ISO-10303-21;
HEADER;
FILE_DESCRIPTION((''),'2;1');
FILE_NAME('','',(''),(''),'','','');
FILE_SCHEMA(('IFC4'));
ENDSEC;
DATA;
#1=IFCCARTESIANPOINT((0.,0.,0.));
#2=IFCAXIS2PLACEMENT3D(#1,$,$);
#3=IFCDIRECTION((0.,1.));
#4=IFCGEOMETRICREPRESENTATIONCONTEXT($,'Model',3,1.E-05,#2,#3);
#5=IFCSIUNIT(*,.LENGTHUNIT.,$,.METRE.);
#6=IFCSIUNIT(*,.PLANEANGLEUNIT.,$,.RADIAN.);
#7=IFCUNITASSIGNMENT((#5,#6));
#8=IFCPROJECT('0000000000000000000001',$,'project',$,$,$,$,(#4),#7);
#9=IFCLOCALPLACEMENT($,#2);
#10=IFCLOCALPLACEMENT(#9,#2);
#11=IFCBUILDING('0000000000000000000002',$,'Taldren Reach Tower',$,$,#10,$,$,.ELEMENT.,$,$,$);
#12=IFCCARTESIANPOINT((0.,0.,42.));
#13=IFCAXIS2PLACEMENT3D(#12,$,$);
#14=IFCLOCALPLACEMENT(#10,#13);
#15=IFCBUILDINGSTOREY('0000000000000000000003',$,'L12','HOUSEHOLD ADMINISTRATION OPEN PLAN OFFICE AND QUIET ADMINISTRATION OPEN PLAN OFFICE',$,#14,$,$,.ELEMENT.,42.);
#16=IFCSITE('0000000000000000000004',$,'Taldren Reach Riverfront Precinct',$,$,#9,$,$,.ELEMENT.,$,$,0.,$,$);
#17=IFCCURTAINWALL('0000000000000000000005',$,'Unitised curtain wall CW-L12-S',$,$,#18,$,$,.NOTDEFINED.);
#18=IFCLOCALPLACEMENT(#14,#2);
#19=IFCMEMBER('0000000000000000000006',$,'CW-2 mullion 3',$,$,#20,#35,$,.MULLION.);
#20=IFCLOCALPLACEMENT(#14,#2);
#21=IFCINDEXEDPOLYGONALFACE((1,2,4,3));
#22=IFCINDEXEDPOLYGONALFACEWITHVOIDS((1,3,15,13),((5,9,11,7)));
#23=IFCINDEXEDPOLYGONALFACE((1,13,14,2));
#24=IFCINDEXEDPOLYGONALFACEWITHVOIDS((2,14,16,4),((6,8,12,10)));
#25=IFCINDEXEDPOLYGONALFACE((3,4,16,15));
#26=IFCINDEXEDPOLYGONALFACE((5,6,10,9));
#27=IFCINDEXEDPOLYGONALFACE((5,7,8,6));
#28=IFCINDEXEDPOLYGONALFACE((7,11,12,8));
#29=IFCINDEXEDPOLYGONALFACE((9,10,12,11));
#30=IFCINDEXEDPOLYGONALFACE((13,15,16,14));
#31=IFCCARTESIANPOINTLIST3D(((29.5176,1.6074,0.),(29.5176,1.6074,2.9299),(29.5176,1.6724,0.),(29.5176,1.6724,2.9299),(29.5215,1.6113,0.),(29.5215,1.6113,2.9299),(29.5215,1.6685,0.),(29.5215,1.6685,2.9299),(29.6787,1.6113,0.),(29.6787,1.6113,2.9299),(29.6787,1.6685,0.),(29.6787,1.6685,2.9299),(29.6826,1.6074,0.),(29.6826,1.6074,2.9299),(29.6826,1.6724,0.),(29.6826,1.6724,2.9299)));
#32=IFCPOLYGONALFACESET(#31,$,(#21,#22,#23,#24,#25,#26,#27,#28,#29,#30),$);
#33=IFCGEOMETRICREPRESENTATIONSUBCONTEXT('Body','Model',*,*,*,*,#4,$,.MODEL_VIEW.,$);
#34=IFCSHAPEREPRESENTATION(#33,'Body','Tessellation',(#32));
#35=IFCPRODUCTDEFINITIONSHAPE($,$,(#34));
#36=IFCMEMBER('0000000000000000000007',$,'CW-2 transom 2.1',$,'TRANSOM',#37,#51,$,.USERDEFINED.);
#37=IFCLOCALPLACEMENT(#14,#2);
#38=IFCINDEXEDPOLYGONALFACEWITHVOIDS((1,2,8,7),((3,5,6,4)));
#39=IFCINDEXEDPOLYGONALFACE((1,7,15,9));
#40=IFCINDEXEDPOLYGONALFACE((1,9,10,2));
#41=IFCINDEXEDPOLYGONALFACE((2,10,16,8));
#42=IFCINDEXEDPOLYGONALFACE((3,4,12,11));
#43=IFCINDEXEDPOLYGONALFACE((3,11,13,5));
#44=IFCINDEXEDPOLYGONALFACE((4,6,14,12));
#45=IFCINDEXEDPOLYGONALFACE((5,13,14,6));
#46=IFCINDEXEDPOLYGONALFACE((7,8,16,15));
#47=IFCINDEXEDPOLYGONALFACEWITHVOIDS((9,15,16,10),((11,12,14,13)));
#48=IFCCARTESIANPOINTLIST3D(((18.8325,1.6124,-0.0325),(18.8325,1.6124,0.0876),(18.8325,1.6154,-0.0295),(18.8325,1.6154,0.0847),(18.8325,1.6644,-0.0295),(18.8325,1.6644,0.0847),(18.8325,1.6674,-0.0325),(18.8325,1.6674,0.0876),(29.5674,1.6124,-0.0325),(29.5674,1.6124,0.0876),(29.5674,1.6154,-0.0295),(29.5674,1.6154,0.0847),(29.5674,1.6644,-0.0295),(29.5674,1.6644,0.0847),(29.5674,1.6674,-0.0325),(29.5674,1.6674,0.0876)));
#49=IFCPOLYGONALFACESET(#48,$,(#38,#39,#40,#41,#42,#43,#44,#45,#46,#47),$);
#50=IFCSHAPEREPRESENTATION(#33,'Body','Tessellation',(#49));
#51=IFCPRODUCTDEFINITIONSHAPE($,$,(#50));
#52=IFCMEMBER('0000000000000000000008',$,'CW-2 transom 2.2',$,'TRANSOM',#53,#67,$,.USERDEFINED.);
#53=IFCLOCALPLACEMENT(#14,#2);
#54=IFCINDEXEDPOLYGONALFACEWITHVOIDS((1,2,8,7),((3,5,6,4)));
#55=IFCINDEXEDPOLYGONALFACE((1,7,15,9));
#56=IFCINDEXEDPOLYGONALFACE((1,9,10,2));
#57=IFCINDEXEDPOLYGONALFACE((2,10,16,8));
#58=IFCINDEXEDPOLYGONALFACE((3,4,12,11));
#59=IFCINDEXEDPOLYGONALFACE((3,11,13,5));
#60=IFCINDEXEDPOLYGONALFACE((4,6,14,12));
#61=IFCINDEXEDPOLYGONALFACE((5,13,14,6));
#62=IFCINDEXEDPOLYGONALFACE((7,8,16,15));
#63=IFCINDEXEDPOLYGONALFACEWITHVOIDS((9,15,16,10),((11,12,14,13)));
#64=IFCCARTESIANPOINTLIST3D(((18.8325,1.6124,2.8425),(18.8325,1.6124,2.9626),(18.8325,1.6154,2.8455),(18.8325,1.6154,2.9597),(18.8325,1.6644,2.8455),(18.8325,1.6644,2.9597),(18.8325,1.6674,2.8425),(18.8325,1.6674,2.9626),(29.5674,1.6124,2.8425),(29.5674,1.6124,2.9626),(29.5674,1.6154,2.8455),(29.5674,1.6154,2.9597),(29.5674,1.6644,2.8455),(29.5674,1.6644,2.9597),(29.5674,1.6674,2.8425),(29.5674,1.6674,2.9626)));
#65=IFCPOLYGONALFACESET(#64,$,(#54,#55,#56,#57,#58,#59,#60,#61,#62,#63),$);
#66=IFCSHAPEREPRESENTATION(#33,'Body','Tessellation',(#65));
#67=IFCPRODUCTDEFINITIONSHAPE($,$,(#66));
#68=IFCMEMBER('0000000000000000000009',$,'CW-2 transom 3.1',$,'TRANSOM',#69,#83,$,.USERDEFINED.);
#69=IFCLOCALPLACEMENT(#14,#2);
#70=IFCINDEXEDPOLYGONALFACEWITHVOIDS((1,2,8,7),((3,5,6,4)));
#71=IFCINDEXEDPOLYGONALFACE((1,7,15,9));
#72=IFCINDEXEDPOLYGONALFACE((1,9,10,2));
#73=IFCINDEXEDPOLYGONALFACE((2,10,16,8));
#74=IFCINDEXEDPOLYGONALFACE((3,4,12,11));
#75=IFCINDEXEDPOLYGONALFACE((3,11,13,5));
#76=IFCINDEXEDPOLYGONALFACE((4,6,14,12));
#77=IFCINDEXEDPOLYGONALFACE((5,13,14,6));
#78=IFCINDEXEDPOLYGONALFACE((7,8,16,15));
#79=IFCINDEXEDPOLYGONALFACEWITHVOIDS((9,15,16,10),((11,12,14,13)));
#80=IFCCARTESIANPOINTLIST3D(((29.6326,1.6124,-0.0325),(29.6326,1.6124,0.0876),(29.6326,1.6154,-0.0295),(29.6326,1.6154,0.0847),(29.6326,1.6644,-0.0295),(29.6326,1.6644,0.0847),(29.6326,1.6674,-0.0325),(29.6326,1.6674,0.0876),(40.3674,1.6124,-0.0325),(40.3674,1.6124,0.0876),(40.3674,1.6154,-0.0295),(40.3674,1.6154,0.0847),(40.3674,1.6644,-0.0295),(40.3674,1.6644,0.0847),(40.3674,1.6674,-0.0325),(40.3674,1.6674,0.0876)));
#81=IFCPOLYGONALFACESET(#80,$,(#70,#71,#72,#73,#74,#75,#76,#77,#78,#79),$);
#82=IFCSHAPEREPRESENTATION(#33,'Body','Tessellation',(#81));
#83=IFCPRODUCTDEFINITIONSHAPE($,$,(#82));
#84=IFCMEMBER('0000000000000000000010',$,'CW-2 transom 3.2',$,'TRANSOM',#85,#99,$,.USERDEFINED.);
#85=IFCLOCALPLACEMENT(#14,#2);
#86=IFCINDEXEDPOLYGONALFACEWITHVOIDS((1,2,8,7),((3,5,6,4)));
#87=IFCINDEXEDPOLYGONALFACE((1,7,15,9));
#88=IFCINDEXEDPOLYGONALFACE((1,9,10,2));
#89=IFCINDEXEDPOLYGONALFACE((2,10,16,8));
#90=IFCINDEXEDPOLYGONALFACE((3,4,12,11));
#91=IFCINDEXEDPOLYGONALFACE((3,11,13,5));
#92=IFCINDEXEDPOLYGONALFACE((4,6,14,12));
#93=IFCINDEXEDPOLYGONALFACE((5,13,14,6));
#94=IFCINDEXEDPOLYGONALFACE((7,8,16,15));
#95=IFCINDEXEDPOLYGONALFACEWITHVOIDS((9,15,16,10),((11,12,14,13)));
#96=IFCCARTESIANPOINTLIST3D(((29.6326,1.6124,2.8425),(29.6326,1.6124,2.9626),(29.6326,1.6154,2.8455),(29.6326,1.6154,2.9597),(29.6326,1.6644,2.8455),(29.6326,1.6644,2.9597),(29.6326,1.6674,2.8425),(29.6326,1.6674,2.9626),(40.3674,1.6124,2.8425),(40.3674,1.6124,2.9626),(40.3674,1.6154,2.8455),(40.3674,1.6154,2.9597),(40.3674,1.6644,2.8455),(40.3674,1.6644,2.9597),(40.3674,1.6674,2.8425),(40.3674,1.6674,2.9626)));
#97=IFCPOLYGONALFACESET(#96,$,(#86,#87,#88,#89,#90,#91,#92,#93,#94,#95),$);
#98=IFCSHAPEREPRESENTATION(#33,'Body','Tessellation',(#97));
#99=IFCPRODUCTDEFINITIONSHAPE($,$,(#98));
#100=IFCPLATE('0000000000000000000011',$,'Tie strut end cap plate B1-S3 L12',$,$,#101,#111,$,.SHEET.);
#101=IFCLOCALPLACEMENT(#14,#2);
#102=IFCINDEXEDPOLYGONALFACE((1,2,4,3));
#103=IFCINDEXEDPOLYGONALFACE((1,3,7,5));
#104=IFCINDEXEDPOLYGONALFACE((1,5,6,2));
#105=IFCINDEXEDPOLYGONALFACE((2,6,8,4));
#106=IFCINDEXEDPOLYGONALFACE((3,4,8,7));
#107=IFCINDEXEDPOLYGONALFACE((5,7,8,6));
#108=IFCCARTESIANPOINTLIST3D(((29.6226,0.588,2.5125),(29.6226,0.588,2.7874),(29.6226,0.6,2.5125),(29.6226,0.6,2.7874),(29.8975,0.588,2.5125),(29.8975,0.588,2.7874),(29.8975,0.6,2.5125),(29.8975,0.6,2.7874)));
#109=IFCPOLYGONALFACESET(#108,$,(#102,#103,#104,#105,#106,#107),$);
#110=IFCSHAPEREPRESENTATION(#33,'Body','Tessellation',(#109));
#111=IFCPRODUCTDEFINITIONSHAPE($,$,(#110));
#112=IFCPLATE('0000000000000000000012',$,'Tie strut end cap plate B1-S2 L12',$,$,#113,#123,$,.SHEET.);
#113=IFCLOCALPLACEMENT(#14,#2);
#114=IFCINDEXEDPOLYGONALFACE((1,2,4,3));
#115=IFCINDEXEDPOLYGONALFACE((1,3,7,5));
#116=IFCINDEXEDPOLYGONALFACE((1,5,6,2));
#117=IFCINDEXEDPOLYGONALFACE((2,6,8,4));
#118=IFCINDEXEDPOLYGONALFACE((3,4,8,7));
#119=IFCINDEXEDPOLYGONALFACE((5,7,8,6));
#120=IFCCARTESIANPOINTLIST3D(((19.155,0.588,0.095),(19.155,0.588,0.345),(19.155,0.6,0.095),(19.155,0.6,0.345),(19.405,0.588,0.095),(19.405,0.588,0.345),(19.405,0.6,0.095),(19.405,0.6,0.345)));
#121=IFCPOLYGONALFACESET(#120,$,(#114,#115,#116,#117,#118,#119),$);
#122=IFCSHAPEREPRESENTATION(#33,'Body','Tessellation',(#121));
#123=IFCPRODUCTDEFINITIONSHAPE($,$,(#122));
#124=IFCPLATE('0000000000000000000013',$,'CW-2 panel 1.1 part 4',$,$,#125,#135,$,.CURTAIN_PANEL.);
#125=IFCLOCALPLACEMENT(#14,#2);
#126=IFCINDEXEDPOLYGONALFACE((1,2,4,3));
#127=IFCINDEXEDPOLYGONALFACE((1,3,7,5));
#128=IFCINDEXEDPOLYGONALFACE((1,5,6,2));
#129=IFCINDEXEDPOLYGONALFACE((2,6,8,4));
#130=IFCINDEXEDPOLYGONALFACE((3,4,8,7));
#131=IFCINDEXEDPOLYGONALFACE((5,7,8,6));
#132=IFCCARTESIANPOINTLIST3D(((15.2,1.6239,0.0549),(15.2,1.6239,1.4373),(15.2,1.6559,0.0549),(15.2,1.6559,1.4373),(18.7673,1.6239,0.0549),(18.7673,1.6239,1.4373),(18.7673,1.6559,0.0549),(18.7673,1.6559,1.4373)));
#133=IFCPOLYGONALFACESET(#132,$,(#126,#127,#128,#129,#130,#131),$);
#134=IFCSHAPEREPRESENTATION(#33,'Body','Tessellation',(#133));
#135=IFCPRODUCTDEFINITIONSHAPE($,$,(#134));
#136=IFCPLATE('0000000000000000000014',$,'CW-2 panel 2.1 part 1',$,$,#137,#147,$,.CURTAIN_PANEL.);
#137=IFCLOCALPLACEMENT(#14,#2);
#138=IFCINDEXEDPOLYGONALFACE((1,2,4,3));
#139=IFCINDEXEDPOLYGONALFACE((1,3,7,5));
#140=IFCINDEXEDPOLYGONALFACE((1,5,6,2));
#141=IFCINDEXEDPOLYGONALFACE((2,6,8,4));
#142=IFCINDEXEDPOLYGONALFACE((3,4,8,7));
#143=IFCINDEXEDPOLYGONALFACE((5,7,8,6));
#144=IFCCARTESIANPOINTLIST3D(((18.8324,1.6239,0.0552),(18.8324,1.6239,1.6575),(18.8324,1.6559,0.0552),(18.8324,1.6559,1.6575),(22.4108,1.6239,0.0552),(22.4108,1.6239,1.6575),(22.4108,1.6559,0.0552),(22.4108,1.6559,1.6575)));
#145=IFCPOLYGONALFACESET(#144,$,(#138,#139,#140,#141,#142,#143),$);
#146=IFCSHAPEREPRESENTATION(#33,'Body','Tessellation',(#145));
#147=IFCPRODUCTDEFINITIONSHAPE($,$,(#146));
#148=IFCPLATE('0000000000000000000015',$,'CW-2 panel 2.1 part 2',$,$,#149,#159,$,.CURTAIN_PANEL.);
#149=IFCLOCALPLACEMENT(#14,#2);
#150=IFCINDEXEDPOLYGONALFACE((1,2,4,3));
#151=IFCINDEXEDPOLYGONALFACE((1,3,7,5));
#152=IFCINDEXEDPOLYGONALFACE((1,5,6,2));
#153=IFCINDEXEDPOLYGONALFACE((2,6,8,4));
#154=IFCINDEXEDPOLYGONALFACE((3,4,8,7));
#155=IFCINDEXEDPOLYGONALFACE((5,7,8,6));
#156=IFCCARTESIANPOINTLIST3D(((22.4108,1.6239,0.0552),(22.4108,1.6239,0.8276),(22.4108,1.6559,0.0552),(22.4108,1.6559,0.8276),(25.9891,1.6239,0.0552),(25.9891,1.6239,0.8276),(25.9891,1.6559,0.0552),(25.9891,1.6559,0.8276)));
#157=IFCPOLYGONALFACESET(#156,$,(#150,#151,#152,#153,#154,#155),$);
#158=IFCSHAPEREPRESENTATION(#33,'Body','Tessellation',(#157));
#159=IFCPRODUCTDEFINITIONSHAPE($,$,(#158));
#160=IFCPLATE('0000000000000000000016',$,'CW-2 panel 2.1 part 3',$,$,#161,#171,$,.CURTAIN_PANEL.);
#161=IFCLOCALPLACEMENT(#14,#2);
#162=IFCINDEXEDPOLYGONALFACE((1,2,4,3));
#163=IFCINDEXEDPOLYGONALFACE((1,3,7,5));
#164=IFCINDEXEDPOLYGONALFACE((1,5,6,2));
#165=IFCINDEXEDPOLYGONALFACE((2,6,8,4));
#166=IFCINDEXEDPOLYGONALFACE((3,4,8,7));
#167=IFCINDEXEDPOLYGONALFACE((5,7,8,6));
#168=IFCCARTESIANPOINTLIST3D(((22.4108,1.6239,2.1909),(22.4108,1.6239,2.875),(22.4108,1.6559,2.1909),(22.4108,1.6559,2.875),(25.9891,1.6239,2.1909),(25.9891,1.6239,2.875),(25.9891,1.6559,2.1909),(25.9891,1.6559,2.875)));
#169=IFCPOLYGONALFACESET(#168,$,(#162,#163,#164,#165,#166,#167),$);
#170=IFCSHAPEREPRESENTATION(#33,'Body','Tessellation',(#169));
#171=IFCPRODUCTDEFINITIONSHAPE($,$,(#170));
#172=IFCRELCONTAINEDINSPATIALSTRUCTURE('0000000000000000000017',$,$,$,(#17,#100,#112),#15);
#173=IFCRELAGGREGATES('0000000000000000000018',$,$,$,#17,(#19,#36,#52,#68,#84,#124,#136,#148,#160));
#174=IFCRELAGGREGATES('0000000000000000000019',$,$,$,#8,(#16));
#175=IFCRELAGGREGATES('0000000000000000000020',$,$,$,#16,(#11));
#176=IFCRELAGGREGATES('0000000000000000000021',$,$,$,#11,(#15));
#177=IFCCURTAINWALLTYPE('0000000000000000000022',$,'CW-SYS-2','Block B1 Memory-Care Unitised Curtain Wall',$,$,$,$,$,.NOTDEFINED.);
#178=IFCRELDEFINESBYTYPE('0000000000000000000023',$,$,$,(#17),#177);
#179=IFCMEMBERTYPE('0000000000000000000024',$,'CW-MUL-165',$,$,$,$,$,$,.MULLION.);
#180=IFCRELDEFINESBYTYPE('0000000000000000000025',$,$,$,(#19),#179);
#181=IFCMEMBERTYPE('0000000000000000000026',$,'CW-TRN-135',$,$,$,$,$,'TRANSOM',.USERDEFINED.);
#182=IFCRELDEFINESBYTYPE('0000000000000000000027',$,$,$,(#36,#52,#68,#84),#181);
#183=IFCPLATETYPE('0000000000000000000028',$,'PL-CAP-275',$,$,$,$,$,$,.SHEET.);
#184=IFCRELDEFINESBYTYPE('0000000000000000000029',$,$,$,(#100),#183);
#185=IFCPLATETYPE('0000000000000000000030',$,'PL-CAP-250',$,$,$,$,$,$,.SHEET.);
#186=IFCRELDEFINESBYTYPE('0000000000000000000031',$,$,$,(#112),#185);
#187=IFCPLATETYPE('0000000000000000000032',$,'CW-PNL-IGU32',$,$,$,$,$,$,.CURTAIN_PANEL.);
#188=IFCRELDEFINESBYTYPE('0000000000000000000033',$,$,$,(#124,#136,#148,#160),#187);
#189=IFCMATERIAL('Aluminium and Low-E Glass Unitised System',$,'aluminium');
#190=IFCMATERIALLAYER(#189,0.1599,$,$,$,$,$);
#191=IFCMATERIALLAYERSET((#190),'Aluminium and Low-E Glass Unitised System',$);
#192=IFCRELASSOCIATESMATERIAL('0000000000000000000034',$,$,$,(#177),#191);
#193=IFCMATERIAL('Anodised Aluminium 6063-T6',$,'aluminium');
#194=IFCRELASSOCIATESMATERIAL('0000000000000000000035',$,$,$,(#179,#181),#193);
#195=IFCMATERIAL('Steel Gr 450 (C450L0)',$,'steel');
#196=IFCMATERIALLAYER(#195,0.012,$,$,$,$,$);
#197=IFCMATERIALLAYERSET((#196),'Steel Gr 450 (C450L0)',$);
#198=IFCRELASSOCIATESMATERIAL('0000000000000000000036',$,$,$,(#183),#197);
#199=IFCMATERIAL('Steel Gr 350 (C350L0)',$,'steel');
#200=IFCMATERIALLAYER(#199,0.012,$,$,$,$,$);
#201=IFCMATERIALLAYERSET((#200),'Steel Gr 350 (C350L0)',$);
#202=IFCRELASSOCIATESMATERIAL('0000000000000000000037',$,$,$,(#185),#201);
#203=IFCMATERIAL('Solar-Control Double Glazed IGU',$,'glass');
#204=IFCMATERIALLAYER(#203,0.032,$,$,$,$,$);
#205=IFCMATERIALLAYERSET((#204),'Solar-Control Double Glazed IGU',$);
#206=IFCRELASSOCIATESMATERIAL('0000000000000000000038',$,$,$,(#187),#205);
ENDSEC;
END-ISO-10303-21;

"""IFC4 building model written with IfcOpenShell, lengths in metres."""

from ifc_helpers import new_model, si_unit, direction, frame, origin, origin_2d, place, context, subcontext, project, spatial, rectangle, hollow_rectangle, extrude, source, transform, mapped, material, layer, layer_set, material_profile, profile_set, type_object, element, aggregate, save


model = new_model("IFC4")

# Units and contexts
model_context = context("Model", 3, precision=1e-05, world=origin(), true_north=direction((0.0, 1.0)))
body_context = subcontext(model_context, "Body", "Model", "MODEL_VIEW")
ifc_project = project(units=[si_unit("LENGTHUNIT", "METRE"), si_unit("PLANEANGLEUNIT", "RADIAN")], contexts=[model_context])

# Site, building, storey
site_placement = place(None, origin())
site = spatial("IfcSite", under=ifc_project, at=site_placement, Name="Taldren Reach Riverfront Precinct", CompositionType="ELEMENT", RefElevation=0.0)
building_placement = place(site_placement, origin())
building = spatial("IfcBuilding", under=site, at=building_placement, Name="Taldren Reach Tower", CompositionType="ELEMENT")
storey_placement = place(building_placement, frame((0.0, 0.0, 42.0)))
storey = spatial("IfcBuildingStorey", under=building, at=storey_placement, Name="L12", Description="HOUSEHOLD ADMINISTRATION OPEN PLAN OFFICE AND QUIET ADMINISTRATION OPEN PLAN OFFICE", CompositionType="ELEMENT", Elevation=42.0)

# Shared definitions
ifc_material_1 = material(Name="Steel Gr 450 (C450L0)", Category="steel")
ifc_material_2 = material(Name="Steel Gr 350 (C350L0)", Category="steel")

# Curtain wall, members
ifc_material_3 = material(Name="Aluminium and Low-E Glass Unitised System", Category="aluminium")
ifc_layer_1 = layer(ifc_material_3, 0.1599)
ifc_layer_set_1 = layer_set([ifc_layer_1], Name="Aluminium and Low-E Glass Unitised System")
curtain_wall_type = type_object("IfcCurtainWallType", Name="CW-SYS-2", Description="Block B1 Memory-Care Unitised Curtain Wall", PredefinedType="NOTDEFINED", material=ifc_layer_set_1)
curtain_wall_placement = place(storey_placement, origin())
curtain_wall = element("IfcCurtainWall", 1, at=curtain_wall_placement, inside=storey, type_object=curtain_wall_type, Name="Unitised curtain wall CW-L12-S", PredefinedType="NOTDEFINED")
ifc_material_4 = material(Name="Anodised Aluminium 6063-T6", Category="aluminium")
ifc_material_profile_1 = material_profile(ifc_material_4, hollow_rectangle(XDim=0.0649, YDim=0.165, WallThickness=0.0039, at=origin_2d()), Name="ALU-165x65x4RHS")
ifc_profile_set_1 = profile_set([ifc_material_profile_1], Name="Anodised Aluminium 6063-T6")
member_type_1 = type_object("IfcMemberType", Name="CW-MUL-165", PredefinedType="MULLION", material=ifc_profile_set_1)
shared_shape_1 = source(origin(), body_context, "Body", "SweptSolid", [
    extrude(hollow_rectangle(XDim=0.0649, YDim=0.165, WallThickness=0.0039, at=origin_2d()), origin(), (0.0, 0.0, 1.0), 2.9299),
])
member_1_placement = place(storey_placement, frame((29.6001, 1.6399, 0.0), z_axis=(0.0, 0.0, 1.0), x_axis=(0.0, 1.0, 0.0)))
member_1 = element("IfcMember", 2, at=member_1_placement, type_object=member_type_1, Name="CW-2 mullion 3", PredefinedType="MULLION", context=body_context, shape_type="MappedRepresentation", body=[
    mapped(shared_shape_1, transform((0.0, 0.0, 0.0), scale=1.0)),
])
ifc_material_profile_2 = material_profile(ifc_material_4, hollow_rectangle(XDim=0.0549, YDim=0.1201, WallThickness=0.0029, at=origin_2d()), Name="ALU-120x55x3RHS")
ifc_profile_set_2 = profile_set([ifc_material_profile_2], Name="Anodised Aluminium 6063-T6")
member_type_2 = type_object("IfcMemberType", Name="CW-TRN-135", ElementType="TRANSOM", PredefinedType="USERDEFINED", material=ifc_profile_set_2)
shared_shape_2 = source(origin(), body_context, "Body", "SweptSolid", [
    extrude(hollow_rectangle(XDim=0.0549, YDim=0.1201, WallThickness=0.0029, at=origin_2d()), origin(), (0.0, 0.0, 1.0), 10.7349),
])
member_2_placement = place(storey_placement, frame((18.8325, 1.6399, 0.0276), z_axis=(1.0, 0.0, 0.0), x_axis=(0.0, 1.0, 0.0)))
member_2 = element("IfcMember", 3, at=member_2_placement, type_object=member_type_2, Name="CW-2 transom 2.1", ObjectType="TRANSOM", PredefinedType="USERDEFINED", context=body_context, shape_type="MappedRepresentation", body=[
    mapped(shared_shape_2, transform((0.0, 0.0, 0.0), scale=1.0)),
])
member_3_placement = place(storey_placement, frame((18.8325, 1.6399, 2.9026), z_axis=(1.0, 0.0, 0.0), x_axis=(0.0, 1.0, 0.0)))
member_3 = element("IfcMember", 4, at=member_3_placement, type_object=member_type_2, Name="CW-2 transom 2.2", ObjectType="TRANSOM", PredefinedType="USERDEFINED", context=body_context, shape_type="MappedRepresentation", body=[
    mapped(shared_shape_2, transform((0.0, 0.0, 0.0), scale=1.0)),
])
member_4_placement = place(storey_placement, frame((29.6326, 1.6399, 0.0276), z_axis=(1.0, 0.0, 0.0), x_axis=(0.0, 1.0, 0.0)))
member_4 = element("IfcMember", 5, at=member_4_placement, type_object=member_type_2, Name="CW-2 transom 3.1", ObjectType="TRANSOM", PredefinedType="USERDEFINED", context=body_context, shape_type="MappedRepresentation", body=[
    mapped(shared_shape_2, transform((0.0, 0.0, 0.0), scale=1.0)),
])
member_5_placement = place(storey_placement, frame((29.6326, 1.6399, 2.9026), z_axis=(1.0, 0.0, 0.0), x_axis=(0.0, 1.0, 0.0)))
member_5 = element("IfcMember", 6, at=member_5_placement, type_object=member_type_2, Name="CW-2 transom 3.2", ObjectType="TRANSOM", PredefinedType="USERDEFINED", context=body_context, shape_type="MappedRepresentation", body=[
    mapped(shared_shape_2, transform((0.0, 0.0, 0.0), scale=1.0)),
])

# Plates
ifc_layer_2 = layer(ifc_material_1, 0.012)
ifc_layer_set_2 = layer_set([ifc_layer_2], Name="Steel Gr 450 (C450L0)")
plate_type_1 = type_object("IfcPlateType", Name="PL-CAP-275", PredefinedType="SHEET", material=ifc_layer_set_2)
shared_shape_3 = source(origin(), body_context, "Body", "SweptSolid", [
    extrude(rectangle(XDim=0.2749, YDim=0.012, at=origin_2d()), origin(), (0.0, 0.0, 1.0), 0.2749),
])
plate_1_placement = place(storey_placement, frame((29.76, 0.594, 2.5125), z_axis=(0.0, 0.0, 1.0), x_axis=(1.0, 0.0, 0.0)))
element("IfcPlate", 7, at=plate_1_placement, inside=storey, type_object=plate_type_1, Name="Tie strut end cap plate B1-S3 L12", PredefinedType="SHEET", context=body_context, shape_type="MappedRepresentation", body=[
    mapped(shared_shape_3, transform((0.0, 0.0, 0.0), scale=1.0)),
])
ifc_layer_3 = layer(ifc_material_2, 0.012)
ifc_layer_set_3 = layer_set([ifc_layer_3], Name="Steel Gr 350 (C350L0)")
plate_type_2 = type_object("IfcPlateType", Name="PL-CAP-250", PredefinedType="SHEET", material=ifc_layer_set_3)
shared_shape_4 = source(origin(), body_context, "Body", "SweptSolid", [
    extrude(rectangle(XDim=0.25, YDim=0.012, at=origin_2d()), origin(), (0.0, 0.0, 1.0), 0.25),
])
plate_2_placement = place(storey_placement, frame((19.28, 0.594, 0.095), z_axis=(0.0, 0.0, 1.0), x_axis=(1.0, 0.0, 0.0)))
element("IfcPlate", 8, at=plate_2_placement, inside=storey, type_object=plate_type_2, Name="Tie strut end cap plate B1-S2 L12", PredefinedType="SHEET", context=body_context, shape_type="MappedRepresentation", body=[
    mapped(shared_shape_4, transform((0.0, 0.0, 0.0), scale=1.0)),
])

# Plates
ifc_material_5 = material(Name="Solar-Control Double Glazed IGU", Category="glass")
ifc_layer_4 = layer(ifc_material_5, 0.032)
ifc_layer_set_4 = layer_set([ifc_layer_4], Name="Solar-Control Double Glazed IGU")
plate_type_3 = type_object("IfcPlateType", Name="CW-PNL-IGU32", PredefinedType="CURTAIN_PANEL", material=ifc_layer_set_4)
shared_shape_5 = source(origin(), body_context, "Body", "SweptSolid", [
    extrude(rectangle(XDim=3.5674, YDim=0.032, at=origin_2d()), origin(), (0.0, 0.0, 1.0), 1.3823),
])
plate_3_placement = place(storey_placement, frame((16.9836, 1.6399, 0.0549), z_axis=(0.0, 0.0, 1.0), x_axis=(1.0, 0.0, 0.0)))
plate_3 = element("IfcPlate", 9, at=plate_3_placement, type_object=plate_type_3, Name="CW-2 panel 1.1 part 4", PredefinedType="CURTAIN_PANEL", context=body_context, shape_type="MappedRepresentation", body=[
    mapped(shared_shape_5, transform((0.0, 0.0, 0.0), scale=1.0)),
])
shared_shape_6 = source(origin(), body_context, "Body", "SweptSolid", [
    extrude(rectangle(XDim=3.5784, YDim=0.032, at=origin_2d()), origin(), (0.0, 0.0, 1.0), 1.6023),
])
plate_4_placement = place(storey_placement, frame((20.6216, 1.6399, 0.0552), z_axis=(0.0, 0.0, 1.0), x_axis=(1.0, 0.0, 0.0)))
plate_4 = element("IfcPlate", 10, at=plate_4_placement, type_object=plate_type_3, Name="CW-2 panel 2.1 part 1", PredefinedType="CURTAIN_PANEL", context=body_context, shape_type="MappedRepresentation", body=[
    mapped(shared_shape_6, transform((0.0, 0.0, 0.0), scale=1.0)),
])
shared_shape_7 = source(origin(), body_context, "Body", "SweptSolid", [
    extrude(rectangle(XDim=3.5784, YDim=0.032, at=origin_2d()), origin(), (0.0, 0.0, 1.0), 0.7725),
])
plate_5_placement = place(storey_placement, frame((24.2, 1.6399, 0.0552), z_axis=(0.0, 0.0, 1.0), x_axis=(1.0, 0.0, 0.0)))
plate_5 = element("IfcPlate", 11, at=plate_5_placement, type_object=plate_type_3, Name="CW-2 panel 2.1 part 2", PredefinedType="CURTAIN_PANEL", context=body_context, shape_type="MappedRepresentation", body=[
    mapped(shared_shape_7, transform((0.0, 0.0, 0.0), scale=1.0)),
])
shared_shape_8 = source(origin(), body_context, "Body", "SweptSolid", [
    extrude(rectangle(XDim=3.5784, YDim=0.032, at=origin_2d()), origin(), (0.0, 0.0, 1.0), 0.6841),
])
plate_6_placement = place(storey_placement, frame((24.2, 1.6399, 2.1909), z_axis=(0.0, 0.0, 1.0), x_axis=(1.0, 0.0, 0.0)))
plate_6 = element("IfcPlate", 12, at=plate_6_placement, type_object=plate_type_3, Name="CW-2 panel 2.1 part 3", PredefinedType="CURTAIN_PANEL", context=body_context, shape_type="MappedRepresentation", body=[
    mapped(shared_shape_8, transform((0.0, 0.0, 0.0), scale=1.0)),
])
aggregate(curtain_wall, [member_1, member_2, member_3, member_4, member_5, plate_3, plate_4, plate_5, plate_6])

save(model, "model.ifc")
